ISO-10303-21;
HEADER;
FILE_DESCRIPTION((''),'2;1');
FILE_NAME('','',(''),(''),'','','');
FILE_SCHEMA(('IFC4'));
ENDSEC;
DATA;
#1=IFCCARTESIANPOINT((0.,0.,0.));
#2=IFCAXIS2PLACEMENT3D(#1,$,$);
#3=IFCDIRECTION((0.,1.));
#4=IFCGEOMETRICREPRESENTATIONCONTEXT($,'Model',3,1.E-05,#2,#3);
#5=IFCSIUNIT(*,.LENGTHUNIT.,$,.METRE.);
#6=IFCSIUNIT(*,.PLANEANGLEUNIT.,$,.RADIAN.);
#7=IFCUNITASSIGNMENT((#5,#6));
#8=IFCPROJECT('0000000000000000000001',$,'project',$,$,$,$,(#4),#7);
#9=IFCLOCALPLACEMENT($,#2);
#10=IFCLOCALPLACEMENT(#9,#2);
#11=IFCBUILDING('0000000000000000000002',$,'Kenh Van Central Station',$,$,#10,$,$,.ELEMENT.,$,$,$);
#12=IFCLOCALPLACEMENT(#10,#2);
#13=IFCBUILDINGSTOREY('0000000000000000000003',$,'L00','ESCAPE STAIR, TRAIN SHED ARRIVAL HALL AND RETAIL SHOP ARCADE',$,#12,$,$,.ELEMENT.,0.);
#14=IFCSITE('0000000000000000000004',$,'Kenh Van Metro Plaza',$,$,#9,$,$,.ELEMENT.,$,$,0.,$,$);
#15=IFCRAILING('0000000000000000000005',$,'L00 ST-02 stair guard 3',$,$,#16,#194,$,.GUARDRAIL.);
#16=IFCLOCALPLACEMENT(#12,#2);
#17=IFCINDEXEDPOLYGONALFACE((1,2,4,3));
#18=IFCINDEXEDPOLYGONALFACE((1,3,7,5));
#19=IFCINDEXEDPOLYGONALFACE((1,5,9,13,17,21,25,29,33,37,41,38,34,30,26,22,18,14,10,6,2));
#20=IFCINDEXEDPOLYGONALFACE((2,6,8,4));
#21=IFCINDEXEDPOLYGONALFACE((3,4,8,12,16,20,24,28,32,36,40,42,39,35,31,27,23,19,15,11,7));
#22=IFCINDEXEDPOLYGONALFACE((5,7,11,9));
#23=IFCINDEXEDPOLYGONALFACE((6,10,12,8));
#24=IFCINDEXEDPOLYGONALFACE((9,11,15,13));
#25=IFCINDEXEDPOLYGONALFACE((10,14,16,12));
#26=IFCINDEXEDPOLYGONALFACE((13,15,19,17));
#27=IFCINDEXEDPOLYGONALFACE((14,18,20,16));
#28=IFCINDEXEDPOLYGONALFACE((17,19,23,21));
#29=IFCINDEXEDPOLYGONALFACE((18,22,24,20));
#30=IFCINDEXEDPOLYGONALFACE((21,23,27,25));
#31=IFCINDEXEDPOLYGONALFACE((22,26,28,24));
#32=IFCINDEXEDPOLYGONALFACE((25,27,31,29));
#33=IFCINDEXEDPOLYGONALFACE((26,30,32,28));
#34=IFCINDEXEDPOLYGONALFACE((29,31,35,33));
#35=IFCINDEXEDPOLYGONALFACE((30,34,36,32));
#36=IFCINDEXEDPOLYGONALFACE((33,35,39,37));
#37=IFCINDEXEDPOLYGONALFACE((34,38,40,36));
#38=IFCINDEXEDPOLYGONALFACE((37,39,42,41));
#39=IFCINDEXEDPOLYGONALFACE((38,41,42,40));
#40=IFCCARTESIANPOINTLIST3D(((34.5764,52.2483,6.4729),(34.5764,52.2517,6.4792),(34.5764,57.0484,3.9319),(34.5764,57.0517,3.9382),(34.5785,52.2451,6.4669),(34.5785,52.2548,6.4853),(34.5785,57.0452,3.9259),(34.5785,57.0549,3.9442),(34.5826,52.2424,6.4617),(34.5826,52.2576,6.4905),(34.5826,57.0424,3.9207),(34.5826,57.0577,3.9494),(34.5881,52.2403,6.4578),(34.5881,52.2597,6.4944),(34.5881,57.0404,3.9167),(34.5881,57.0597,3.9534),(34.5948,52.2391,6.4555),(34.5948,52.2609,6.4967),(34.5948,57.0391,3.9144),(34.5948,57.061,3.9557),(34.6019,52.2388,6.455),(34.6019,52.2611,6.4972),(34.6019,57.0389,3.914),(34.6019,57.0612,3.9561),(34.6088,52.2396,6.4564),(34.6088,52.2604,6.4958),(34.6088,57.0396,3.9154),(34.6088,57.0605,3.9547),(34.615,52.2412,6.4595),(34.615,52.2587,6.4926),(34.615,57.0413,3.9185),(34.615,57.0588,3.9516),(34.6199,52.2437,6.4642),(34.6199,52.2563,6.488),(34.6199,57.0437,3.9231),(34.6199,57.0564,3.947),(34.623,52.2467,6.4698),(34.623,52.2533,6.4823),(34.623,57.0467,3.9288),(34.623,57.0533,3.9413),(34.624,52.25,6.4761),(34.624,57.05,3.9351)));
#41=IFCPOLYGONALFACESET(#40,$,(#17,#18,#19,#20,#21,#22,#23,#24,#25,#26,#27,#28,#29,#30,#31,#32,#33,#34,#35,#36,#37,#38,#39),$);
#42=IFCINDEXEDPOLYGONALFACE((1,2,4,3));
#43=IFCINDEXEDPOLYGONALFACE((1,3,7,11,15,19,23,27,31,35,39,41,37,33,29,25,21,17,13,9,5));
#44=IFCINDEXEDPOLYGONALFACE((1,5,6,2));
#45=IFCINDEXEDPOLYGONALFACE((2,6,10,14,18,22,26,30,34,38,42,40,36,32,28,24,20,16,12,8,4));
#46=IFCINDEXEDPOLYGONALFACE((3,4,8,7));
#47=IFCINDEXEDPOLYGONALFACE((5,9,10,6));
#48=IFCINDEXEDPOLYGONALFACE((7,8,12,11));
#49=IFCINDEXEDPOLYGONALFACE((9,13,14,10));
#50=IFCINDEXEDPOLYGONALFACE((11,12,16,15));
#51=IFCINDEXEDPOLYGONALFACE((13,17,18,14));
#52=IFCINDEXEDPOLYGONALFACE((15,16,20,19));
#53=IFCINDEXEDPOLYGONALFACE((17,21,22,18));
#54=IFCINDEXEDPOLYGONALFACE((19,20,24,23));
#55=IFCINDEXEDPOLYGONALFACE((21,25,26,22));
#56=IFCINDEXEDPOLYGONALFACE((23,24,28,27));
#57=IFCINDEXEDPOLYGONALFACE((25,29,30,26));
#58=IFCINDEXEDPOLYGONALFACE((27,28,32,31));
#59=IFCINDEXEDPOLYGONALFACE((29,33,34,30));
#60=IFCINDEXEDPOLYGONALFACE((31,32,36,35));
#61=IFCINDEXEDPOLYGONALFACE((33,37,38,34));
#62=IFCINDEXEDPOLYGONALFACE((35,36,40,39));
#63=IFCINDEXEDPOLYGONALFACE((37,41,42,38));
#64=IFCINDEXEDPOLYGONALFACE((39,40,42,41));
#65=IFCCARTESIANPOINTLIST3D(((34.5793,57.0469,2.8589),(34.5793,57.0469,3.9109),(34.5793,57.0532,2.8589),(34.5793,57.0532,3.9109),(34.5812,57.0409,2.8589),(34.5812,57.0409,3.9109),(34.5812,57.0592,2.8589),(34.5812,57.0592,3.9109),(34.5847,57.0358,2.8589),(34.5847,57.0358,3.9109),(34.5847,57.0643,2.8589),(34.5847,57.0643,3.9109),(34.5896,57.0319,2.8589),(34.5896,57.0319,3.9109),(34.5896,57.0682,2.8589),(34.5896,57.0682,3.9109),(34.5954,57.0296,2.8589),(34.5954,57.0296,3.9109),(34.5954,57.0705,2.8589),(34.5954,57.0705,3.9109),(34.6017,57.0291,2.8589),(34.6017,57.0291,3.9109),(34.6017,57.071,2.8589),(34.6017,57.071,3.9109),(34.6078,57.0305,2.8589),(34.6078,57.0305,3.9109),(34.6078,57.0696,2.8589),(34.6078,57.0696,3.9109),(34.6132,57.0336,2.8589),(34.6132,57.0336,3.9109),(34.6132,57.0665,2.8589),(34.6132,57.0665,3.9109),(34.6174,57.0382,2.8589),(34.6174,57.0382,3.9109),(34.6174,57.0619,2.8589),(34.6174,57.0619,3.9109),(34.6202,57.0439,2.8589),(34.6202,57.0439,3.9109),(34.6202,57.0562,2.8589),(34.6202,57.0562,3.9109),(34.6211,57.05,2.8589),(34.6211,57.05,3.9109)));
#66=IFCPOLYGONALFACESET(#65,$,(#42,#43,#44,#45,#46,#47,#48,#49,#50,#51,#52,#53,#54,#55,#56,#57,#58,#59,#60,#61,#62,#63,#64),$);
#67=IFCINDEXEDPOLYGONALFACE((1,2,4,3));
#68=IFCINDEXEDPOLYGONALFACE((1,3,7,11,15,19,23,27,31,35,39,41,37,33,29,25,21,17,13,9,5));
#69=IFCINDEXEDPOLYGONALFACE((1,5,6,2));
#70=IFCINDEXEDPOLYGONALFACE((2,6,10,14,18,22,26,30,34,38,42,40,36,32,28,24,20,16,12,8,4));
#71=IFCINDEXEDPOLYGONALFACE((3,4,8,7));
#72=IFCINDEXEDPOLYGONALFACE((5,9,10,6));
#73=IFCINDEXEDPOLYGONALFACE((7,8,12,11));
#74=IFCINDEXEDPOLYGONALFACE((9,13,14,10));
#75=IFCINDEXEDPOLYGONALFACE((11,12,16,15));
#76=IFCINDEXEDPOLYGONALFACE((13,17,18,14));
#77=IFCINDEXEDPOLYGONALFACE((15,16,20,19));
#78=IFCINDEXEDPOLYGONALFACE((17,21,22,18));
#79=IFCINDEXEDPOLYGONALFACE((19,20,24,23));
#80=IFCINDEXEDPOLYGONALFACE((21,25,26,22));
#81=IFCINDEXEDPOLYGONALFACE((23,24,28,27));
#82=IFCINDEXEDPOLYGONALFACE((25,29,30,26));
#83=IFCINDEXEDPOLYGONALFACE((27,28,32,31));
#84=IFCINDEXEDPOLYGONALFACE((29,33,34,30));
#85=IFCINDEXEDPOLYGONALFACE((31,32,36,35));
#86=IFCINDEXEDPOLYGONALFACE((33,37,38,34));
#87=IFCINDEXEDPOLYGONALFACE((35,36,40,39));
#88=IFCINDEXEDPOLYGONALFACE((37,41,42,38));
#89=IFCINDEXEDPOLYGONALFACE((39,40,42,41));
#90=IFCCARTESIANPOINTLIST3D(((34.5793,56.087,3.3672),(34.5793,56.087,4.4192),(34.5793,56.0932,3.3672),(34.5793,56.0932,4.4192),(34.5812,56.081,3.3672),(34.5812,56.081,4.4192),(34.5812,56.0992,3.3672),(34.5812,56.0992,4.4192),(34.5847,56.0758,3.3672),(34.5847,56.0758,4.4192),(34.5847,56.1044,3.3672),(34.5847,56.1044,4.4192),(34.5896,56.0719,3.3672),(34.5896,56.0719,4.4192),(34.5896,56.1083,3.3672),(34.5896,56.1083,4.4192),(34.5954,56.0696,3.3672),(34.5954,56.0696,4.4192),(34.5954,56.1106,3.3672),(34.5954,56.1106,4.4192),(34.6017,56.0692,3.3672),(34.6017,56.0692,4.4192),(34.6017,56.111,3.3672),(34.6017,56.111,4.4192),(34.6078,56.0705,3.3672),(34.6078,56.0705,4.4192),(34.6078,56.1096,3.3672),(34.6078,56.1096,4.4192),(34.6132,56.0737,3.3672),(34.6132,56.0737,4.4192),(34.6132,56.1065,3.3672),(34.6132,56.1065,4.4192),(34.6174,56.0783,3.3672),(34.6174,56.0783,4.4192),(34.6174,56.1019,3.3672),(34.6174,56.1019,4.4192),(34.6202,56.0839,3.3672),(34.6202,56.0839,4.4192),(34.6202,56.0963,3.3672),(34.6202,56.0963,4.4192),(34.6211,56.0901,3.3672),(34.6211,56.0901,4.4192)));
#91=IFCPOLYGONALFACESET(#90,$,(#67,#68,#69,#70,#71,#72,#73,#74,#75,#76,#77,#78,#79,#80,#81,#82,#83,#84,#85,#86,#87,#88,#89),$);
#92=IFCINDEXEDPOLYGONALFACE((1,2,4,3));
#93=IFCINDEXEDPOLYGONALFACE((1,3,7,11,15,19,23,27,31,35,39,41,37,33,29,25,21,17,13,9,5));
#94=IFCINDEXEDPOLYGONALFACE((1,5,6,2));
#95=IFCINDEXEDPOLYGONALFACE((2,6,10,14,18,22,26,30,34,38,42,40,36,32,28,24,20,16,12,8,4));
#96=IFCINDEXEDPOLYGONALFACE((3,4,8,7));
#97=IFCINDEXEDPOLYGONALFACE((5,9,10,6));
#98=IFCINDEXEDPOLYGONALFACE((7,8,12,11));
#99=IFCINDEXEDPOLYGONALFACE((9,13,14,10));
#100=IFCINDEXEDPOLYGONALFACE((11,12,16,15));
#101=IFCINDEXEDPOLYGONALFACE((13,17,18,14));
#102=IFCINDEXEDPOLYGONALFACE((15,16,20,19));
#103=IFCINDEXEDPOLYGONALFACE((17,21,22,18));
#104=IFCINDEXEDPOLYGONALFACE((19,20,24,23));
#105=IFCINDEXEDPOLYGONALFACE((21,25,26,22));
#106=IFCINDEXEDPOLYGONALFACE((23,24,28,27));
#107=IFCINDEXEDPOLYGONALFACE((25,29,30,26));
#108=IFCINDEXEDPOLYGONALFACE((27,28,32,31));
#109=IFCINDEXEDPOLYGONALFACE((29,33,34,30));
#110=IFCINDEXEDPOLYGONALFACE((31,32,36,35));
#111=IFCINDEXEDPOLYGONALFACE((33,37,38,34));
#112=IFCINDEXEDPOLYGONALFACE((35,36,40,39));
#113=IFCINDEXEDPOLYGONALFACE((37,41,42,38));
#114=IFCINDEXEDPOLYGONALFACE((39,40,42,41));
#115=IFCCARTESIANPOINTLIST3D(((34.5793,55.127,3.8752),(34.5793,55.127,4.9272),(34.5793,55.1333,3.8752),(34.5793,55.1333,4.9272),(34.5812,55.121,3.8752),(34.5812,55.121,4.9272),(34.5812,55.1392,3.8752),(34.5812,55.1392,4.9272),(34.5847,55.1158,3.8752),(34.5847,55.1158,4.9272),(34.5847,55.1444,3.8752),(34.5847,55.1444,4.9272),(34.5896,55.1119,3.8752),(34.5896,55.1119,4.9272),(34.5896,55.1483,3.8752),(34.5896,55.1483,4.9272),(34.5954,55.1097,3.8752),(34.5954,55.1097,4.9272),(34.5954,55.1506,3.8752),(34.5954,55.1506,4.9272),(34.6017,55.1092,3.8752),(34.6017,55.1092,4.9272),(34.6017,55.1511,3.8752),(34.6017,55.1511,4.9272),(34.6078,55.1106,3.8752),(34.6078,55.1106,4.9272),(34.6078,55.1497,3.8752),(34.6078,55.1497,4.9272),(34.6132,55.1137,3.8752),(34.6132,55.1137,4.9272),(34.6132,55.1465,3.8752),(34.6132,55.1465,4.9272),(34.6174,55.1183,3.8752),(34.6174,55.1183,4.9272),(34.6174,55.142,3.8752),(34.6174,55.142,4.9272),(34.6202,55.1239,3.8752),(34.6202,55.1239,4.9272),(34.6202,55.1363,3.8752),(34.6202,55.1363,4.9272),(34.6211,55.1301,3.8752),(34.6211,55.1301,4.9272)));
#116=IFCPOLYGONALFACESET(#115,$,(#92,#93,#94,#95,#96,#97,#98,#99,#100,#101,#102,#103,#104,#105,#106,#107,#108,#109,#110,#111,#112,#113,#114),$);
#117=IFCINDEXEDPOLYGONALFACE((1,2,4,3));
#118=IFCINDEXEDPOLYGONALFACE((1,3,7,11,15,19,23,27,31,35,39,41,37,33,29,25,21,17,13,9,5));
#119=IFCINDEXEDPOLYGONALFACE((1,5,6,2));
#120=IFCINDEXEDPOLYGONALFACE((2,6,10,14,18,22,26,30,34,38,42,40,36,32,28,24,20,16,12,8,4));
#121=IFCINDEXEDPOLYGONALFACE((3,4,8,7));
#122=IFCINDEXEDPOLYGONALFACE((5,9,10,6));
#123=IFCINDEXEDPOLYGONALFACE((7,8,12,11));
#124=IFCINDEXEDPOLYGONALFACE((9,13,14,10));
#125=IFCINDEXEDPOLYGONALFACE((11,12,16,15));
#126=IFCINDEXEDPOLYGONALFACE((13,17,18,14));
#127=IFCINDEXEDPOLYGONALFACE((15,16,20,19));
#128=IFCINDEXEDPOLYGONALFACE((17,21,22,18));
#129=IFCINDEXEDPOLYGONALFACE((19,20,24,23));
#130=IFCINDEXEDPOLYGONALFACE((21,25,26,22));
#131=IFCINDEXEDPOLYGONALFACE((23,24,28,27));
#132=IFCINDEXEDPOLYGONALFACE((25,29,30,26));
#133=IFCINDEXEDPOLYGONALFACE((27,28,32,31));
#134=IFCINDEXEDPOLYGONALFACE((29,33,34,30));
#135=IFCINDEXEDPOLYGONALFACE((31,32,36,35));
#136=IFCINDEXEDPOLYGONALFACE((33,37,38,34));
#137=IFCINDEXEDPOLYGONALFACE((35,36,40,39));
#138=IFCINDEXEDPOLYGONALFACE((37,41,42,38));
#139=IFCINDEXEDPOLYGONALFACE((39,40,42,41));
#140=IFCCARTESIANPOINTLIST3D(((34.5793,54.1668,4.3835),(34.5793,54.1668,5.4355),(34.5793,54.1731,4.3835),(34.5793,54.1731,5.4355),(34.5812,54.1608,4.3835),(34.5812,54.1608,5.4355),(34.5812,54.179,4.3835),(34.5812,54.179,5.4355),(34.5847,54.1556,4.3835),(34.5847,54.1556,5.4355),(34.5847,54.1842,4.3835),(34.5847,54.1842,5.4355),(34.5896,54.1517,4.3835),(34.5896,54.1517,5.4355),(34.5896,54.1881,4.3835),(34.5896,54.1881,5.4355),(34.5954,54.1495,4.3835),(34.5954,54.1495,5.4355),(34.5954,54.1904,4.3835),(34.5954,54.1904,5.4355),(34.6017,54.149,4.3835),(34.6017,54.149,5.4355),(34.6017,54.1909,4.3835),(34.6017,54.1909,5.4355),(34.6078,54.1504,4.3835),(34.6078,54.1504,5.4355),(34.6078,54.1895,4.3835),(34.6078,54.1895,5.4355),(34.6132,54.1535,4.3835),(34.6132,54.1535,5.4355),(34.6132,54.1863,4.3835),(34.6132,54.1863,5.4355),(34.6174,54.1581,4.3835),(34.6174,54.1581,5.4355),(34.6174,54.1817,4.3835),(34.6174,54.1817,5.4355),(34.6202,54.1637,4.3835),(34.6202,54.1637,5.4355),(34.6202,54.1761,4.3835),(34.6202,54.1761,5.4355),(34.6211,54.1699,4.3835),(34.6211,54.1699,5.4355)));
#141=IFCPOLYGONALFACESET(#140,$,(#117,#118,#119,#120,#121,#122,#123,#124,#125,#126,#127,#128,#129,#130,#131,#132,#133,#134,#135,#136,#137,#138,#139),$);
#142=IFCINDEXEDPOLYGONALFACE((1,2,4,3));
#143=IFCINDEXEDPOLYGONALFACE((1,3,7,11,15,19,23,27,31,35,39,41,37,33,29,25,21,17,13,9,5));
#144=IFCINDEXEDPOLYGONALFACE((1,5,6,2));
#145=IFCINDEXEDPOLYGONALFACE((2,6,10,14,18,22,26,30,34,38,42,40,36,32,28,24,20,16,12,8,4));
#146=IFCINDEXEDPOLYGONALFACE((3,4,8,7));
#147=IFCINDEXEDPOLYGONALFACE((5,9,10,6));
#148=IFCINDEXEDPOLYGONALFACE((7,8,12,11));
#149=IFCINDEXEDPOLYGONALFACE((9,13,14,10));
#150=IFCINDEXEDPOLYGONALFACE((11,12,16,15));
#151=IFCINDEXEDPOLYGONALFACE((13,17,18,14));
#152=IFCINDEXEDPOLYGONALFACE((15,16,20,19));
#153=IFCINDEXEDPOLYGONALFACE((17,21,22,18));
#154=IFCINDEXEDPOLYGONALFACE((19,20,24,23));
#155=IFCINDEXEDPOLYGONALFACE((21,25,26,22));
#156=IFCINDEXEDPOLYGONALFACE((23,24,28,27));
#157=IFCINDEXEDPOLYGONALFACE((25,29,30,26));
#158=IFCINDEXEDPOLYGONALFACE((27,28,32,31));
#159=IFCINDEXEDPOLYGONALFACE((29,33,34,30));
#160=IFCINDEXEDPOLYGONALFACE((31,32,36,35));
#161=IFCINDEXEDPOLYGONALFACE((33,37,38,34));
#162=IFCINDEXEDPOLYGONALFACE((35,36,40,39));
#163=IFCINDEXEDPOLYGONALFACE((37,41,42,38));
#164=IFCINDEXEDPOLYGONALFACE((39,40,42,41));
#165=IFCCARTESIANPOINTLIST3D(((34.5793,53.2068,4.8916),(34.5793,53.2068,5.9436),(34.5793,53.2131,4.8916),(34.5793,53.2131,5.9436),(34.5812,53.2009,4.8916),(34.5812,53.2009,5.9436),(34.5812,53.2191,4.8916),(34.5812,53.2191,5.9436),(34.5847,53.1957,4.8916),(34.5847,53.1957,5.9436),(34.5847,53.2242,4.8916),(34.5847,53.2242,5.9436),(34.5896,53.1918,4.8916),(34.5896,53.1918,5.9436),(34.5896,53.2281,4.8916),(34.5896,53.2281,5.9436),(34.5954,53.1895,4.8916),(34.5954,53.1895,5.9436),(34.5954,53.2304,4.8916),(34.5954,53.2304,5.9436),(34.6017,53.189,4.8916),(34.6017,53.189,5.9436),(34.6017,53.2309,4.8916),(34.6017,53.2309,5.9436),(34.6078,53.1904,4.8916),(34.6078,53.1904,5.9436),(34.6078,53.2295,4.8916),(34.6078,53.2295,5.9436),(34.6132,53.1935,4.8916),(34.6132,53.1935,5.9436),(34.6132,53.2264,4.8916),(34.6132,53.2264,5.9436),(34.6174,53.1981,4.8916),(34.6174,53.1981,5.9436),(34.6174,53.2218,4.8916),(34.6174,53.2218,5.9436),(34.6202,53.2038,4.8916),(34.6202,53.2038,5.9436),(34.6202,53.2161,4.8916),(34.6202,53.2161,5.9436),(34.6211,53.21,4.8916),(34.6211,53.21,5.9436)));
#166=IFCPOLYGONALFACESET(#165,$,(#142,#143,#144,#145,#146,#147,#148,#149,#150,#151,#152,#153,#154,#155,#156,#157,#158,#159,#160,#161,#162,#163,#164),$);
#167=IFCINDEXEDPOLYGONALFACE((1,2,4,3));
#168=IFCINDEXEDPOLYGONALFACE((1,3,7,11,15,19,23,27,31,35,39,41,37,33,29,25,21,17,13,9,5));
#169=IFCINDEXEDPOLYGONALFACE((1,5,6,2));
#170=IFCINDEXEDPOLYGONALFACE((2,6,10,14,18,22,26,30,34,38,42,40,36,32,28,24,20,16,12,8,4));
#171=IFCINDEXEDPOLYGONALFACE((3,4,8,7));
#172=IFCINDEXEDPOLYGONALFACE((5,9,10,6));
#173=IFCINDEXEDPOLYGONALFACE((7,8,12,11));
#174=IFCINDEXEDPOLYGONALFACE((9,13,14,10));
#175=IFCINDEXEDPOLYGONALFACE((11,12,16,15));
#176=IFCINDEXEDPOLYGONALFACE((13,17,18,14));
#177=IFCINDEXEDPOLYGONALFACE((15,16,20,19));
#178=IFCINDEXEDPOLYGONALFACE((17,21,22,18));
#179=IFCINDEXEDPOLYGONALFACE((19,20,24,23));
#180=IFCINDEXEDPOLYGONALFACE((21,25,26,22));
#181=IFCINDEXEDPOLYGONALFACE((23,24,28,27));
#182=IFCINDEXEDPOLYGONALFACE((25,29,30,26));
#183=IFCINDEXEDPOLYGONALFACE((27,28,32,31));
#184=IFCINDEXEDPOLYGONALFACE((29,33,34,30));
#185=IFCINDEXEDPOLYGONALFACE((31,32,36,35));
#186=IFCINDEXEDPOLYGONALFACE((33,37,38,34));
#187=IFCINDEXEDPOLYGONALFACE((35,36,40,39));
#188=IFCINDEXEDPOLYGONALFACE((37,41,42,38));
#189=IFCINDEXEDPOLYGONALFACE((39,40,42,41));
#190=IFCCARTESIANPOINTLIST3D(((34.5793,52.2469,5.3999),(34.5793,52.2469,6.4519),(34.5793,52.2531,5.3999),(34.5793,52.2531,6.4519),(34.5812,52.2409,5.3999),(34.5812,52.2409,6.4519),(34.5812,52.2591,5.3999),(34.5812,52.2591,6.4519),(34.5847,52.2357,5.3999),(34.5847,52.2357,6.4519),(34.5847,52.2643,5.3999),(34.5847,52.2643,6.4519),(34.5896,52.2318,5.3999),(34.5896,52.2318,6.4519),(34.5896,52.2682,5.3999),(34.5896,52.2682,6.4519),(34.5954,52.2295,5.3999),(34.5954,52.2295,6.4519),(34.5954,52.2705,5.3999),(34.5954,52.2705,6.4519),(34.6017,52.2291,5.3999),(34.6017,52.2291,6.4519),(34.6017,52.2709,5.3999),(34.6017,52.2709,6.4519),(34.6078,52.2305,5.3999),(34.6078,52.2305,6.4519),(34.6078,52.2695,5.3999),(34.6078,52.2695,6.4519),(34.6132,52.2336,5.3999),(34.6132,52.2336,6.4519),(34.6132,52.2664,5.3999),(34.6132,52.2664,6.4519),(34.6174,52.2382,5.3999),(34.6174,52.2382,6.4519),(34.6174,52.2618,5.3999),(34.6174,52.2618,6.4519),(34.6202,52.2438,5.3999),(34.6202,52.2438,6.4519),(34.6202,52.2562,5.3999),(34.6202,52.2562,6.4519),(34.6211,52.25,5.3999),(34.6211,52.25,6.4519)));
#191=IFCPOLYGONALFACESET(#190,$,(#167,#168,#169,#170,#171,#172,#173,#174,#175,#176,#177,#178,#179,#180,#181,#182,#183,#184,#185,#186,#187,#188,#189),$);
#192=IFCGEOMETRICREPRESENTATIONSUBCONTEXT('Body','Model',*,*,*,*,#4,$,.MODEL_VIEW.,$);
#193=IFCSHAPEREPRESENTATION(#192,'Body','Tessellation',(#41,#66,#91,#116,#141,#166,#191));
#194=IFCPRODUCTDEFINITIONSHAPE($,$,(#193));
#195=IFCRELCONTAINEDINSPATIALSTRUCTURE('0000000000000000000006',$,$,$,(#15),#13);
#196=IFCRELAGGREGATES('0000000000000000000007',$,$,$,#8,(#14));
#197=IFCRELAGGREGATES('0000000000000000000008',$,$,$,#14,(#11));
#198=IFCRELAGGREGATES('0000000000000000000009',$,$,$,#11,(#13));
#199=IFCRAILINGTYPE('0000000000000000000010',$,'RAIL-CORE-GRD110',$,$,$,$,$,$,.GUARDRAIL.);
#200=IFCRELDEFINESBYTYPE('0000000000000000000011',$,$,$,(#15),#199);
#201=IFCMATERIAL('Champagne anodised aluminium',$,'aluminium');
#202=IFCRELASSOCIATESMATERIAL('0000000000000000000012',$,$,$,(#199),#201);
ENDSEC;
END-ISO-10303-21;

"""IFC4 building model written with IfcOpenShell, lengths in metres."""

from ifc_helpers import new_model, si_unit, direction, frame, origin, origin_2d, place, context, subcontext, project, spatial, circle, extrude, material, type_object, element, save


model = new_model("IFC4")

# Units and contexts
model_context = context("Model", 3, precision=1e-05, world=origin(), true_north=direction((0.0, 1.0)))
body_context = subcontext(model_context, "Body", "Model", "MODEL_VIEW")
ifc_project = project(units=[si_unit("LENGTHUNIT", "METRE"), si_unit("PLANEANGLEUNIT", "RADIAN")], contexts=[model_context])

# Site, building, storey
site_placement = place(None, origin())
site = spatial("IfcSite", under=ifc_project, at=site_placement, Name="Kenh Van Metro Plaza", CompositionType="ELEMENT", RefElevation=0.0)
building_placement = place(site_placement, origin())
building = spatial("IfcBuilding", under=site, at=building_placement, Name="Kenh Van Central Station", CompositionType="ELEMENT")
storey_placement = place(building_placement, origin())
storey = spatial("IfcBuildingStorey", under=building, at=storey_placement, Name="L00", Description="ESCAPE STAIR, TRAIN SHED ARRIVAL HALL AND RETAIL SHOP ARCADE", CompositionType="ELEMENT", Elevation=0.0)

# Shared definitions
ifc_material_1 = material(Name="Champagne anodised aluminium", Category="aluminium")

# Railing
railing_type_1 = type_object("IfcRailingType", Name="RAIL-CORE-GRD110", PredefinedType="GUARDRAIL", material=ifc_material_1)
railing_1_placement = place(storey_placement, frame((34.6001, 57.05, 2.8589)))
element("IfcRailing", 1, at=railing_1_placement, inside=storey, type_object=railing_type_1, Name="L00 ST-02 stair guard 3", PredefinedType="GUARDRAIL", context=body_context, shape_type="SweptSolid", body=[
    extrude(circle(Radius=0.0239, at=origin_2d()), frame((0.0, 0.0, 1.0762), z_axis=(0.0, -0.883802, 0.467861), x_axis=(1.0, 0.0, 0.0)), (0.0, 0.0, 1.0), 5.4312),
    extrude(circle(Radius=0.021, at=origin_2d()), origin(), (0.0, 0.0, 1.0), 1.052),
    extrude(circle(Radius=0.021, at=origin_2d()), frame((0.0, -0.96, 0.5083)), (0.0, 0.0, 1.0), 1.052),
    extrude(circle(Radius=0.021, at=origin_2d()), frame((0.0, -1.9199, 1.0164)), (0.0, 0.0, 1.0), 1.052),
    extrude(circle(Radius=0.021, at=origin_2d()), frame((0.0, -2.8801, 1.5247)), (0.0, 0.0, 1.0), 1.052),
    extrude(circle(Radius=0.021, at=origin_2d()), frame((0.0, -3.8401, 2.0327)), (0.0, 0.0, 1.0), 1.052),
    extrude(circle(Radius=0.021, at=origin_2d()), frame((0.0, -4.8, 2.541)), (0.0, 0.0, 1.0), 1.052),
])

save(model, "model.ifc")
